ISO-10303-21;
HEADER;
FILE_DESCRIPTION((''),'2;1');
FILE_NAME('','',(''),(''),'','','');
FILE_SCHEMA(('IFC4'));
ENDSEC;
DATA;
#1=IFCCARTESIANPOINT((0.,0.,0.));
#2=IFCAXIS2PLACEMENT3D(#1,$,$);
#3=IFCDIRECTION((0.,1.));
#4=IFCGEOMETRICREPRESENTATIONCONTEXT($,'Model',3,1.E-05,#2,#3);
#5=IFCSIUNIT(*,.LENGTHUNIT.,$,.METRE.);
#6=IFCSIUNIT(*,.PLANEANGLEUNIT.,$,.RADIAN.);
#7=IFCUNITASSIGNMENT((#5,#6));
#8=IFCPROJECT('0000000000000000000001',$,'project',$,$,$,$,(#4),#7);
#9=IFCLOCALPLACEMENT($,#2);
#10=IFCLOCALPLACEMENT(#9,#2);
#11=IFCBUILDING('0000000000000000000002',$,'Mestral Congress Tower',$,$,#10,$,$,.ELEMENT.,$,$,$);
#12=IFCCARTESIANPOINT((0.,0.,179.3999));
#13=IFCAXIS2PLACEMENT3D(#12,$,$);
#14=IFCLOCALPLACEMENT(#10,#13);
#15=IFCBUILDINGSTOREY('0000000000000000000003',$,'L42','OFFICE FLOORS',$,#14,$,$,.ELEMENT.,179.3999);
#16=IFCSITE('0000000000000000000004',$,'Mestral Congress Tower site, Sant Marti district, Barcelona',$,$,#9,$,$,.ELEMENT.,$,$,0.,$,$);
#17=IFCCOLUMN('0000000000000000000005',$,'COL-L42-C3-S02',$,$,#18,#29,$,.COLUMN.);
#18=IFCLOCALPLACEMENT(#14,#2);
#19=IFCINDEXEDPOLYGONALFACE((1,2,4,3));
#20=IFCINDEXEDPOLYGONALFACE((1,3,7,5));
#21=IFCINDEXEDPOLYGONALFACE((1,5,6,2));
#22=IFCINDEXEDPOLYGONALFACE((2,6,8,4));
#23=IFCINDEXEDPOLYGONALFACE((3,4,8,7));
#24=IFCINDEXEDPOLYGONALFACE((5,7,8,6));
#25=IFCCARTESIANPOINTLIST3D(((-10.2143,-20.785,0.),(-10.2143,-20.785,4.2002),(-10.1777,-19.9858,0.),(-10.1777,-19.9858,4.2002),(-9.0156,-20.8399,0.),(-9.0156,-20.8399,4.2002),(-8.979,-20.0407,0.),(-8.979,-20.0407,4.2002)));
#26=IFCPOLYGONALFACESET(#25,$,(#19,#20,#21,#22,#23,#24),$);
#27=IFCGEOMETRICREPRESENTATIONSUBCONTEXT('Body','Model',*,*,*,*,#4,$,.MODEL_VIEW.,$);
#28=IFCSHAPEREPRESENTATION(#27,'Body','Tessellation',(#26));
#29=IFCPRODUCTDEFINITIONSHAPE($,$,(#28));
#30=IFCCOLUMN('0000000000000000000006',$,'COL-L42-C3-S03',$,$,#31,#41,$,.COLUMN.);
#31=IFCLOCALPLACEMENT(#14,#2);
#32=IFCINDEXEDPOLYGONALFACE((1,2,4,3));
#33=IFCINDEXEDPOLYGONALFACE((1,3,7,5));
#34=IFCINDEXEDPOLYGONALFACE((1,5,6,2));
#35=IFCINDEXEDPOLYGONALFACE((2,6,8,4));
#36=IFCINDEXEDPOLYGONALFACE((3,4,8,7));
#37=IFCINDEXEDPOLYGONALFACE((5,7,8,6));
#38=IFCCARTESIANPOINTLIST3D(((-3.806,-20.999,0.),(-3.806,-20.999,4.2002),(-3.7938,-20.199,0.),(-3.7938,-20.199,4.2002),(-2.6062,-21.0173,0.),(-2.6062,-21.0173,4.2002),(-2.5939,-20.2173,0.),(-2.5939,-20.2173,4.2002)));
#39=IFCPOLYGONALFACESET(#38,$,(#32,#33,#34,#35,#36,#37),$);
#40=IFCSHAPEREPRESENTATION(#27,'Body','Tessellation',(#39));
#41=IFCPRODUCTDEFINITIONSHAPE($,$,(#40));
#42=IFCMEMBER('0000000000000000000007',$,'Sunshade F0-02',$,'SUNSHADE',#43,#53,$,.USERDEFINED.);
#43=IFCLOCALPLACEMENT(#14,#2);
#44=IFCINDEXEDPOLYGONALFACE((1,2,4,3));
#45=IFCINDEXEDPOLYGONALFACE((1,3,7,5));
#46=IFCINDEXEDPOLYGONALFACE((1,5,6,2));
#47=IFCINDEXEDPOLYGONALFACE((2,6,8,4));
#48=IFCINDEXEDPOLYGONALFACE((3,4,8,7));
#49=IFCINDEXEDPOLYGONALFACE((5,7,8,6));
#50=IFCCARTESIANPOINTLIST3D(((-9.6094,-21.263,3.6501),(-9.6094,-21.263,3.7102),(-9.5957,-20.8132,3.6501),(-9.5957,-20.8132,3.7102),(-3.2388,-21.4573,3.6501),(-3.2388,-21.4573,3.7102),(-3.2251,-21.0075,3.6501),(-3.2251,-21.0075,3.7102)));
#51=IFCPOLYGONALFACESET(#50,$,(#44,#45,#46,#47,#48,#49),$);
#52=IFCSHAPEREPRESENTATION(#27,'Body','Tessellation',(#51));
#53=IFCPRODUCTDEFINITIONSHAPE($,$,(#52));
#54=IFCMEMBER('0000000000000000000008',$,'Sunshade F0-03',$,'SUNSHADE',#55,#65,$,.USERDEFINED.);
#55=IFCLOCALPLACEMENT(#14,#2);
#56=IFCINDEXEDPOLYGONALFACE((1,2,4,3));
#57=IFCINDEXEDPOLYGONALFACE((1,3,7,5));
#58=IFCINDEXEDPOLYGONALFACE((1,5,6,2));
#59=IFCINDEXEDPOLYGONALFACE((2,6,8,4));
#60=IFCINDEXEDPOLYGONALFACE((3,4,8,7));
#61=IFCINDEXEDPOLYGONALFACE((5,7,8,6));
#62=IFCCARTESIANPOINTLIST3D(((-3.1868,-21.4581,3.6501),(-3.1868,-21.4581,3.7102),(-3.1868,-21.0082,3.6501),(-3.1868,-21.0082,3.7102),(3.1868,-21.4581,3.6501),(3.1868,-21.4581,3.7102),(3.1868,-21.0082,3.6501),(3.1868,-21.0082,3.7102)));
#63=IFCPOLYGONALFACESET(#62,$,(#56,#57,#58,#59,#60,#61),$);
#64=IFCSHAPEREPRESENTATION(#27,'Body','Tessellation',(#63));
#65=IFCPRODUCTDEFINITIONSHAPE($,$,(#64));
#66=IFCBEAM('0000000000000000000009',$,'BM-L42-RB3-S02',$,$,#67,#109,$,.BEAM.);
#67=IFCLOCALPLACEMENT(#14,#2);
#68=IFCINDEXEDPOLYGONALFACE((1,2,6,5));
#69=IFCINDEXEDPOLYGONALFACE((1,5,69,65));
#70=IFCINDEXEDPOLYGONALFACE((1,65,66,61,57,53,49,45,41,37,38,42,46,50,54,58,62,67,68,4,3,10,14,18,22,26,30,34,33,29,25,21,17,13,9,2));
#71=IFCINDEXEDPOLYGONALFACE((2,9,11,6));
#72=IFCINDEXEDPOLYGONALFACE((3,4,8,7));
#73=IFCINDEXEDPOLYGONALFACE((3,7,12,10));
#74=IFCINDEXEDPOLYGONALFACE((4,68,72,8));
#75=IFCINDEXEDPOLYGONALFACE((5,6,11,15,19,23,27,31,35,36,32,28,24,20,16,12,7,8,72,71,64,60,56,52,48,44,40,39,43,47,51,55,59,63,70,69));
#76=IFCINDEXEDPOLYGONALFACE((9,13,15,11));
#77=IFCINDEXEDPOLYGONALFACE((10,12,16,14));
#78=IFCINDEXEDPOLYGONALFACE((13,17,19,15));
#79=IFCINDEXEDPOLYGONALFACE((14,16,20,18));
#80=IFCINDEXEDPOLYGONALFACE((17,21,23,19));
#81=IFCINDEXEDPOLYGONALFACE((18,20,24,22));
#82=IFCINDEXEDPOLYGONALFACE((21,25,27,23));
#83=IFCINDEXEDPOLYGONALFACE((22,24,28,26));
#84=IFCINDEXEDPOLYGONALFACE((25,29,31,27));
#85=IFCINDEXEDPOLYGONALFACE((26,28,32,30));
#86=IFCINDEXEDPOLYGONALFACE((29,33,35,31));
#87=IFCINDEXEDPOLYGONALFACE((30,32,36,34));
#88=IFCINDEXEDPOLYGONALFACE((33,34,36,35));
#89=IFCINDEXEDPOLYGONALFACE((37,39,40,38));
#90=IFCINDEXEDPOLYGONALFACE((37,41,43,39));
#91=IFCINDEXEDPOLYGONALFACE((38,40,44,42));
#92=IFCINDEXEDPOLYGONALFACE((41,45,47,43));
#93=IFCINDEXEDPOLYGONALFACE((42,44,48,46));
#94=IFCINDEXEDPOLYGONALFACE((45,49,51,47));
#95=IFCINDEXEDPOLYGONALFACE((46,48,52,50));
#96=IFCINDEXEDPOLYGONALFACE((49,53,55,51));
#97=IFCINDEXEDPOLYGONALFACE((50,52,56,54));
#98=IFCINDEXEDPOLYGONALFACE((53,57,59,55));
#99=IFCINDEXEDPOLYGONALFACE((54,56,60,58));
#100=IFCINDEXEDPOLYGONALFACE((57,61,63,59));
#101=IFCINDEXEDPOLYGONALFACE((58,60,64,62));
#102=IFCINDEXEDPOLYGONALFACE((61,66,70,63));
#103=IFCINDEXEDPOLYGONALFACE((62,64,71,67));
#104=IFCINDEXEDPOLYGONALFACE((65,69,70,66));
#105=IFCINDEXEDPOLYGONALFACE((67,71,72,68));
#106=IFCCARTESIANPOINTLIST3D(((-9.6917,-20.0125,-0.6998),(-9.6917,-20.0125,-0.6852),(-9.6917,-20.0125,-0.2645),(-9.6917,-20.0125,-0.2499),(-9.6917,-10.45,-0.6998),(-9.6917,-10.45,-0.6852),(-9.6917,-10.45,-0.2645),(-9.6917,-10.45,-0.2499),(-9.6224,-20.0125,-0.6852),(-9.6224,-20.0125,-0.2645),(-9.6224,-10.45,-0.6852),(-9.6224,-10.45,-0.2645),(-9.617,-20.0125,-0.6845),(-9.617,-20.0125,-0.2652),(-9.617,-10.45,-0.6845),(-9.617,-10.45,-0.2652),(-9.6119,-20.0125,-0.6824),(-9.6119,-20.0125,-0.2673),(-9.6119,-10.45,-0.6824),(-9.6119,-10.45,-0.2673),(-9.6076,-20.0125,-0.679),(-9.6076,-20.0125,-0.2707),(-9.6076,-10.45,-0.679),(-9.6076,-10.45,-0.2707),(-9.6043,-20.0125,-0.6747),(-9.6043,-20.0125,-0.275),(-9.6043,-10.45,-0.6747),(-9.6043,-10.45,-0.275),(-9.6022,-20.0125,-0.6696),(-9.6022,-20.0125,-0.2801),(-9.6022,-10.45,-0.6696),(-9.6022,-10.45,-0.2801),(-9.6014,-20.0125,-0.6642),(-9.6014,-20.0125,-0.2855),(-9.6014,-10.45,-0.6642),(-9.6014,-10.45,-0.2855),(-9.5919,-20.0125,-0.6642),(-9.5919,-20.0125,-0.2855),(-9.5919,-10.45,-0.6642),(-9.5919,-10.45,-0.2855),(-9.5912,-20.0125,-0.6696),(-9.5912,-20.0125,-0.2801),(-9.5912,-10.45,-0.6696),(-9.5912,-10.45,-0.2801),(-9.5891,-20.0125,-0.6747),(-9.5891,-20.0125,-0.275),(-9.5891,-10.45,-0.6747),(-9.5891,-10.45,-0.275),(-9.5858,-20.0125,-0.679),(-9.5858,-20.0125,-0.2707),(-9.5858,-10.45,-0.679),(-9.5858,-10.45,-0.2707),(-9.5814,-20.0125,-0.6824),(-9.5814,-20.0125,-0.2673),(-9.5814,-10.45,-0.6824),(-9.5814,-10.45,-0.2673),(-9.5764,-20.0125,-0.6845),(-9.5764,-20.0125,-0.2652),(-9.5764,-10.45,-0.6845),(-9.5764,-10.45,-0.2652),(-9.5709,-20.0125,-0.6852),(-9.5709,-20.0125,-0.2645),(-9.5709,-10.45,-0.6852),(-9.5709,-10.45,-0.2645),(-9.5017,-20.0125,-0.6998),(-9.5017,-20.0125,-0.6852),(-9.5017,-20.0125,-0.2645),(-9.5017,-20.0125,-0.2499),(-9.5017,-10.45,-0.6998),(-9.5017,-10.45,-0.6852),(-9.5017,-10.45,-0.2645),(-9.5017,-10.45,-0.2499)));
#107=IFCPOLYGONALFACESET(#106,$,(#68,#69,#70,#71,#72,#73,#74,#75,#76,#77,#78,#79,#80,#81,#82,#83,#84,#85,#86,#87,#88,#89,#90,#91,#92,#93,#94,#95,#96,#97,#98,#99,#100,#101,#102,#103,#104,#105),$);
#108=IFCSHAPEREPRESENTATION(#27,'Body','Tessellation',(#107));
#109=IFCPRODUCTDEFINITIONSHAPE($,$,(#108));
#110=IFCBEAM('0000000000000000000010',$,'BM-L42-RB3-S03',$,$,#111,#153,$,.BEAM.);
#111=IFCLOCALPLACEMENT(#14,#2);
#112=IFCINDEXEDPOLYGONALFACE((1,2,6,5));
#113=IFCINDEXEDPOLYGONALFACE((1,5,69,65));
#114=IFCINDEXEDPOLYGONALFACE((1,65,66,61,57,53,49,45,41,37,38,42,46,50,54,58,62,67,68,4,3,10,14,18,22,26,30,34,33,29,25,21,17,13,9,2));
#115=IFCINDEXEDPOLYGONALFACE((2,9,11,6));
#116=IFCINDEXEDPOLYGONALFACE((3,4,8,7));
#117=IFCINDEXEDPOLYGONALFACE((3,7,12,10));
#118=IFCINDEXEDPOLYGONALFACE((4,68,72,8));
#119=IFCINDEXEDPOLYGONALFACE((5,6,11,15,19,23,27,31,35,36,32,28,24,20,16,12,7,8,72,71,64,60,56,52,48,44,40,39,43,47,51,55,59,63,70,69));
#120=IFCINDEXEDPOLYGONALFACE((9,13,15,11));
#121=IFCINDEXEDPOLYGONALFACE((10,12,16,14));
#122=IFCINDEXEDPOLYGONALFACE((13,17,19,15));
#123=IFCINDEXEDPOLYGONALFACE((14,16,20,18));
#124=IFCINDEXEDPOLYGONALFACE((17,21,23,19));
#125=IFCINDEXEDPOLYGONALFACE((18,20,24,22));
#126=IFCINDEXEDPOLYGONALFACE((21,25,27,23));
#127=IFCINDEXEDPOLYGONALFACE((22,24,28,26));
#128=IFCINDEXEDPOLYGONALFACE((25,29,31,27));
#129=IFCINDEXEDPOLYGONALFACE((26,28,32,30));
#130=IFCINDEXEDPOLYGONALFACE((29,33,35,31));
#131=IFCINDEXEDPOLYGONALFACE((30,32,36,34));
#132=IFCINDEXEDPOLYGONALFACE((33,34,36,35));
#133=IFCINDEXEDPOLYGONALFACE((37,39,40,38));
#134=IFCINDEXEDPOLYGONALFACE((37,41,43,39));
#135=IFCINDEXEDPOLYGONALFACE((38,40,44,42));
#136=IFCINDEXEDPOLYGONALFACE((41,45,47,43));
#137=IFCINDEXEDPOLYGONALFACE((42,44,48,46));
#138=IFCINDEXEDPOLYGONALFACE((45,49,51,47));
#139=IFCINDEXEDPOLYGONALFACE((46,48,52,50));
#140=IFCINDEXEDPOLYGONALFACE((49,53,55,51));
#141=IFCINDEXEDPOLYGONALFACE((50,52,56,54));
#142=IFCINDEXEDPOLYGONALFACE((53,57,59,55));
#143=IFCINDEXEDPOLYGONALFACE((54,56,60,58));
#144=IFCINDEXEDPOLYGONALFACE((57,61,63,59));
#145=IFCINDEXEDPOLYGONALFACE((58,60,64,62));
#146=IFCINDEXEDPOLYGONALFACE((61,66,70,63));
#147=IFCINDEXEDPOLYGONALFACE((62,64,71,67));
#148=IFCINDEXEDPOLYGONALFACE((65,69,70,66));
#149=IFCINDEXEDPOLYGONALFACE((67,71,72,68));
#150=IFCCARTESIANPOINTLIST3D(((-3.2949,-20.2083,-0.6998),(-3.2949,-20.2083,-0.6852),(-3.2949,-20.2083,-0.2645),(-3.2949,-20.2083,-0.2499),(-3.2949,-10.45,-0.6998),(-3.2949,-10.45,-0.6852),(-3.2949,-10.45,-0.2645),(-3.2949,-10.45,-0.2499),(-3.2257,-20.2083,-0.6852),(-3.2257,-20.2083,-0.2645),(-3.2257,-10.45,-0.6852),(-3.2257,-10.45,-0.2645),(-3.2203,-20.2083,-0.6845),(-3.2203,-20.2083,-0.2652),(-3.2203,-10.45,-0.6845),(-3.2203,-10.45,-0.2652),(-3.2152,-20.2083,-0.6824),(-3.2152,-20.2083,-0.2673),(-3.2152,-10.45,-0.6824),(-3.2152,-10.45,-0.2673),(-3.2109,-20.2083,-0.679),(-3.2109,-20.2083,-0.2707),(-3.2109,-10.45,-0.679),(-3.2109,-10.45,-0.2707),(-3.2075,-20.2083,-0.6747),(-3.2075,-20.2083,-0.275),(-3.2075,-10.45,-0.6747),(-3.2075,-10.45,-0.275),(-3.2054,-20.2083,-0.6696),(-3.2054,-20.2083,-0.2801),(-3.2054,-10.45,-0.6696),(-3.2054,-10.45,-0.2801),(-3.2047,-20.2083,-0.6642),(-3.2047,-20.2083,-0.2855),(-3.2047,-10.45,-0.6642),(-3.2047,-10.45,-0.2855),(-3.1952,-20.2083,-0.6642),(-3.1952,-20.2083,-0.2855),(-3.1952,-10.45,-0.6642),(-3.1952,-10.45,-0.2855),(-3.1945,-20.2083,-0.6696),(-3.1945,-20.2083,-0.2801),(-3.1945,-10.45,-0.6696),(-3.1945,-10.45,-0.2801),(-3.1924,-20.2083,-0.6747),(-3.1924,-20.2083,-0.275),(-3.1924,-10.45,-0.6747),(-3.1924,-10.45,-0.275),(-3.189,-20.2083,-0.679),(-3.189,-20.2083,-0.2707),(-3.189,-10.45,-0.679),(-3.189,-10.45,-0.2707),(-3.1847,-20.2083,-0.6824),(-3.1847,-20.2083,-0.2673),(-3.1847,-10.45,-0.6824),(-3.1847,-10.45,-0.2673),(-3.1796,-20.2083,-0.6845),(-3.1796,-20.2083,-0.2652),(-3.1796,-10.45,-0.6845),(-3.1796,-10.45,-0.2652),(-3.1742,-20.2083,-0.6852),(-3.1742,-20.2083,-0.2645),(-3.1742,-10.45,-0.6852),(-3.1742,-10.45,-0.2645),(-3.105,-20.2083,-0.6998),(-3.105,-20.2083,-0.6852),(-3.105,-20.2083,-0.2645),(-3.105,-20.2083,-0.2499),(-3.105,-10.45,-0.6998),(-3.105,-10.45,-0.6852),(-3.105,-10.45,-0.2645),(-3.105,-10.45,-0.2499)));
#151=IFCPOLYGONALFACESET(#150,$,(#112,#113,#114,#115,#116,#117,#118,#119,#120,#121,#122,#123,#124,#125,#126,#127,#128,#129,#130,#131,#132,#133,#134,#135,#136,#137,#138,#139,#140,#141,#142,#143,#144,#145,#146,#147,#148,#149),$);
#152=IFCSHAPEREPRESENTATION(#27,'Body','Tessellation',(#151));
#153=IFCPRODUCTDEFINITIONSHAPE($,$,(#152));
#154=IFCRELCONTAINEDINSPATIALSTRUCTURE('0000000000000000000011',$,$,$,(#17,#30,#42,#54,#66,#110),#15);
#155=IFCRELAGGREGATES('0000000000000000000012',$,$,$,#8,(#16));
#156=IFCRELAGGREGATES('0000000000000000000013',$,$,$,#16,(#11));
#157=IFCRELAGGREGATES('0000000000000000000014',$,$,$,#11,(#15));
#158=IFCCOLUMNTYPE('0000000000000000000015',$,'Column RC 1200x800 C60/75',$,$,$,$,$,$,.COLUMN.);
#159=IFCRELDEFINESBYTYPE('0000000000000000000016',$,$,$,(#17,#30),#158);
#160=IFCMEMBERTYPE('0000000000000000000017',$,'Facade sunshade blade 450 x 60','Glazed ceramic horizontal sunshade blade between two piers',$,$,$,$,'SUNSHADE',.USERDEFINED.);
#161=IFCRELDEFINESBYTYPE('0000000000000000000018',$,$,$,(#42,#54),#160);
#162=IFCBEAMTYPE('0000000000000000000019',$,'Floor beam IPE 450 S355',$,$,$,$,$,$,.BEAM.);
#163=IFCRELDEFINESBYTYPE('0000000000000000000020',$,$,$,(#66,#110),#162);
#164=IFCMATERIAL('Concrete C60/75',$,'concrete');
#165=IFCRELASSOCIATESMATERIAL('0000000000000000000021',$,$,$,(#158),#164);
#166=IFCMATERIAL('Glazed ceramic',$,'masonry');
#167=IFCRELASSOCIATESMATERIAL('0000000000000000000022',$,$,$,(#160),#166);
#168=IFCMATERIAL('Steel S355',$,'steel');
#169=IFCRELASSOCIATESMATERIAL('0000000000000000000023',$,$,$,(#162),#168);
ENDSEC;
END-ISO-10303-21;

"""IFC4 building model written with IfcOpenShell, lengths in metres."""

from ifc_helpers import new_model, si_unit, direction, frame, origin, origin_2d, place, context, subcontext, project, spatial, rectangle, i_section, extrude, material, material_profile, profile_set, type_object, element, save


model = new_model("IFC4")

# Units and contexts
model_context = context("Model", 3, precision=1e-05, world=origin(), true_north=direction((0.0, 1.0)))
body_context = subcontext(model_context, "Body", "Model", "MODEL_VIEW")
ifc_project = project(units=[si_unit("LENGTHUNIT", "METRE"), si_unit("PLANEANGLEUNIT", "RADIAN")], contexts=[model_context])

# Site, building, storey
site_placement = place(None, origin())
site = spatial("IfcSite", under=ifc_project, at=site_placement, Name="Mestral Congress Tower site, Sant Marti district, Barcelona", CompositionType="ELEMENT", RefElevation=0.0)
building_placement = place(site_placement, origin())
building = spatial("IfcBuilding", under=site, at=building_placement, Name="Mestral Congress Tower", CompositionType="ELEMENT")
storey_placement = place(building_placement, frame((0.0, 0.0, 179.3999)))
storey = spatial("IfcBuildingStorey", under=building, at=storey_placement, Name="L42", Description="OFFICE FLOORS", CompositionType="ELEMENT", Elevation=179.3999)

# Columns
ifc_material_1 = material(Name="Concrete C60/75", Category="concrete")
ifc_material_profile_1 = material_profile(ifc_material_1, rectangle(XDim=1.2, YDim=0.8, at=origin_2d()), Name="RC 1200x800")
ifc_profile_set_1 = profile_set([ifc_material_profile_1], Name="Concrete C60/75")
column_type = type_object("IfcColumnType", Name="Column RC 1200x800 C60/75", PredefinedType="COLUMN", material=ifc_profile_set_1)
for number, where, z_axis, x_axis, name in (
    (1, (-9.5967, -20.4128, 0.0), (0.0, 0.0, 1.0), (0.998952, -0.045771, 0.0), "COL-L42-C3-S02"),
    (2, (-3.2, -20.6082, 0.0), (0.0, 0.0, 1.0), (0.999884, -0.015262, 0.0), "COL-L42-C3-S03"),
):
    element("IfcColumn", number, at=place(storey_placement, frame(where, z_axis=z_axis, x_axis=x_axis)), inside=storey, type_object=column_type, Name=name, PredefinedType="COLUMN", context=body_context, shape_type="SweptSolid", body=[
        extrude(rectangle(XDim=1.2, YDim=0.8, at=origin_2d()), origin(), (0.0, 0.0, 1.0), 4.2002),
    ])

# Members
ifc_material_2 = material(Name="Glazed ceramic", Category="masonry")
ifc_material_profile_2 = material_profile(ifc_material_2, rectangle(XDim=0.45, YDim=0.0601, at=origin_2d()), Name="Ceramic blade 450 x 60")
ifc_profile_set_2 = profile_set([ifc_material_profile_2], Name="Glazed ceramic")
member_type = type_object("IfcMemberType", Name="Facade sunshade blade 450 x 60", Description="Glazed ceramic horizontal sunshade blade between two piers", ElementType="SUNSHADE", PredefinedType="USERDEFINED", material=ifc_profile_set_2)
for number, where, z_axis, x_axis, name in (
    (3, (-9.6025, -21.0381, 3.6802), (0.999535, -0.030491, 0.0), (0.030491, 0.999535, 0.0), "Sunshade F0-02"),
    (4, (-3.1868, -21.2332, 3.6802), (1.0, 0.0, 0.0), (0.0, 1.0, 0.0), "Sunshade F0-03"),
):
    element("IfcMember", number, at=place(storey_placement, frame(where, z_axis=z_axis, x_axis=x_axis)), inside=storey, type_object=member_type, Name=name, ObjectType="SUNSHADE", PredefinedType="USERDEFINED", context=body_context, shape_type="SweptSolid", body=[
        extrude(rectangle(XDim=0.45, YDim=0.0601, at=origin_2d()), origin(), (0.0, 0.0, 1.0), 6.3735),
    ])

# Beams
ifc_material_3 = material(Name="Steel S355", Category="steel")
ifc_material_profile_3 = material_profile(ifc_material_3, i_section(OverallWidth=0.1899, OverallDepth=0.45, WebThickness=0.0095, FlangeThickness=0.0146, FilletRadius=0.021, at=origin_2d()), Name="IPE 450")
ifc_profile_set_3 = profile_set([ifc_material_profile_3], Name="Steel S355")
beam_type_1 = type_object("IfcBeamType", Name="Floor beam IPE 450 S355", PredefinedType="BEAM", material=ifc_profile_set_3)
beam_1_placement = place(storey_placement, frame((-9.5967, -20.0125, -0.4749), z_axis=(0.0, 1.0, 0.0), x_axis=(-1.0, 0.0, 0.0)))
element("IfcBeam", 5, at=beam_1_placement, inside=storey, type_object=beam_type_1, Name="BM-L42-RB3-S02", PredefinedType="BEAM", context=body_context, shape_type="SweptSolid", body=[
    extrude(i_section(OverallWidth=0.1899, OverallDepth=0.45, WebThickness=0.0095, FlangeThickness=0.0146, FilletRadius=0.021, at=origin_2d()), origin(), (0.0, 0.0, 1.0), 9.5625),
])
beam_2_placement = place(storey_placement, frame((-3.2, -20.2083, -0.4749), z_axis=(0.0, 1.0, 0.0), x_axis=(-1.0, 0.0, 0.0)))
element("IfcBeam", 6, at=beam_2_placement, inside=storey, type_object=beam_type_1, Name="BM-L42-RB3-S03", PredefinedType="BEAM", context=body_context, shape_type="SweptSolid", body=[
    extrude(i_section(OverallWidth=0.1899, OverallDepth=0.45, WebThickness=0.0095, FlangeThickness=0.0146, FilletRadius=0.021, at=origin_2d()), origin(), (0.0, 0.0, 1.0), 9.7583),
])

save(model, "model.ifc")
